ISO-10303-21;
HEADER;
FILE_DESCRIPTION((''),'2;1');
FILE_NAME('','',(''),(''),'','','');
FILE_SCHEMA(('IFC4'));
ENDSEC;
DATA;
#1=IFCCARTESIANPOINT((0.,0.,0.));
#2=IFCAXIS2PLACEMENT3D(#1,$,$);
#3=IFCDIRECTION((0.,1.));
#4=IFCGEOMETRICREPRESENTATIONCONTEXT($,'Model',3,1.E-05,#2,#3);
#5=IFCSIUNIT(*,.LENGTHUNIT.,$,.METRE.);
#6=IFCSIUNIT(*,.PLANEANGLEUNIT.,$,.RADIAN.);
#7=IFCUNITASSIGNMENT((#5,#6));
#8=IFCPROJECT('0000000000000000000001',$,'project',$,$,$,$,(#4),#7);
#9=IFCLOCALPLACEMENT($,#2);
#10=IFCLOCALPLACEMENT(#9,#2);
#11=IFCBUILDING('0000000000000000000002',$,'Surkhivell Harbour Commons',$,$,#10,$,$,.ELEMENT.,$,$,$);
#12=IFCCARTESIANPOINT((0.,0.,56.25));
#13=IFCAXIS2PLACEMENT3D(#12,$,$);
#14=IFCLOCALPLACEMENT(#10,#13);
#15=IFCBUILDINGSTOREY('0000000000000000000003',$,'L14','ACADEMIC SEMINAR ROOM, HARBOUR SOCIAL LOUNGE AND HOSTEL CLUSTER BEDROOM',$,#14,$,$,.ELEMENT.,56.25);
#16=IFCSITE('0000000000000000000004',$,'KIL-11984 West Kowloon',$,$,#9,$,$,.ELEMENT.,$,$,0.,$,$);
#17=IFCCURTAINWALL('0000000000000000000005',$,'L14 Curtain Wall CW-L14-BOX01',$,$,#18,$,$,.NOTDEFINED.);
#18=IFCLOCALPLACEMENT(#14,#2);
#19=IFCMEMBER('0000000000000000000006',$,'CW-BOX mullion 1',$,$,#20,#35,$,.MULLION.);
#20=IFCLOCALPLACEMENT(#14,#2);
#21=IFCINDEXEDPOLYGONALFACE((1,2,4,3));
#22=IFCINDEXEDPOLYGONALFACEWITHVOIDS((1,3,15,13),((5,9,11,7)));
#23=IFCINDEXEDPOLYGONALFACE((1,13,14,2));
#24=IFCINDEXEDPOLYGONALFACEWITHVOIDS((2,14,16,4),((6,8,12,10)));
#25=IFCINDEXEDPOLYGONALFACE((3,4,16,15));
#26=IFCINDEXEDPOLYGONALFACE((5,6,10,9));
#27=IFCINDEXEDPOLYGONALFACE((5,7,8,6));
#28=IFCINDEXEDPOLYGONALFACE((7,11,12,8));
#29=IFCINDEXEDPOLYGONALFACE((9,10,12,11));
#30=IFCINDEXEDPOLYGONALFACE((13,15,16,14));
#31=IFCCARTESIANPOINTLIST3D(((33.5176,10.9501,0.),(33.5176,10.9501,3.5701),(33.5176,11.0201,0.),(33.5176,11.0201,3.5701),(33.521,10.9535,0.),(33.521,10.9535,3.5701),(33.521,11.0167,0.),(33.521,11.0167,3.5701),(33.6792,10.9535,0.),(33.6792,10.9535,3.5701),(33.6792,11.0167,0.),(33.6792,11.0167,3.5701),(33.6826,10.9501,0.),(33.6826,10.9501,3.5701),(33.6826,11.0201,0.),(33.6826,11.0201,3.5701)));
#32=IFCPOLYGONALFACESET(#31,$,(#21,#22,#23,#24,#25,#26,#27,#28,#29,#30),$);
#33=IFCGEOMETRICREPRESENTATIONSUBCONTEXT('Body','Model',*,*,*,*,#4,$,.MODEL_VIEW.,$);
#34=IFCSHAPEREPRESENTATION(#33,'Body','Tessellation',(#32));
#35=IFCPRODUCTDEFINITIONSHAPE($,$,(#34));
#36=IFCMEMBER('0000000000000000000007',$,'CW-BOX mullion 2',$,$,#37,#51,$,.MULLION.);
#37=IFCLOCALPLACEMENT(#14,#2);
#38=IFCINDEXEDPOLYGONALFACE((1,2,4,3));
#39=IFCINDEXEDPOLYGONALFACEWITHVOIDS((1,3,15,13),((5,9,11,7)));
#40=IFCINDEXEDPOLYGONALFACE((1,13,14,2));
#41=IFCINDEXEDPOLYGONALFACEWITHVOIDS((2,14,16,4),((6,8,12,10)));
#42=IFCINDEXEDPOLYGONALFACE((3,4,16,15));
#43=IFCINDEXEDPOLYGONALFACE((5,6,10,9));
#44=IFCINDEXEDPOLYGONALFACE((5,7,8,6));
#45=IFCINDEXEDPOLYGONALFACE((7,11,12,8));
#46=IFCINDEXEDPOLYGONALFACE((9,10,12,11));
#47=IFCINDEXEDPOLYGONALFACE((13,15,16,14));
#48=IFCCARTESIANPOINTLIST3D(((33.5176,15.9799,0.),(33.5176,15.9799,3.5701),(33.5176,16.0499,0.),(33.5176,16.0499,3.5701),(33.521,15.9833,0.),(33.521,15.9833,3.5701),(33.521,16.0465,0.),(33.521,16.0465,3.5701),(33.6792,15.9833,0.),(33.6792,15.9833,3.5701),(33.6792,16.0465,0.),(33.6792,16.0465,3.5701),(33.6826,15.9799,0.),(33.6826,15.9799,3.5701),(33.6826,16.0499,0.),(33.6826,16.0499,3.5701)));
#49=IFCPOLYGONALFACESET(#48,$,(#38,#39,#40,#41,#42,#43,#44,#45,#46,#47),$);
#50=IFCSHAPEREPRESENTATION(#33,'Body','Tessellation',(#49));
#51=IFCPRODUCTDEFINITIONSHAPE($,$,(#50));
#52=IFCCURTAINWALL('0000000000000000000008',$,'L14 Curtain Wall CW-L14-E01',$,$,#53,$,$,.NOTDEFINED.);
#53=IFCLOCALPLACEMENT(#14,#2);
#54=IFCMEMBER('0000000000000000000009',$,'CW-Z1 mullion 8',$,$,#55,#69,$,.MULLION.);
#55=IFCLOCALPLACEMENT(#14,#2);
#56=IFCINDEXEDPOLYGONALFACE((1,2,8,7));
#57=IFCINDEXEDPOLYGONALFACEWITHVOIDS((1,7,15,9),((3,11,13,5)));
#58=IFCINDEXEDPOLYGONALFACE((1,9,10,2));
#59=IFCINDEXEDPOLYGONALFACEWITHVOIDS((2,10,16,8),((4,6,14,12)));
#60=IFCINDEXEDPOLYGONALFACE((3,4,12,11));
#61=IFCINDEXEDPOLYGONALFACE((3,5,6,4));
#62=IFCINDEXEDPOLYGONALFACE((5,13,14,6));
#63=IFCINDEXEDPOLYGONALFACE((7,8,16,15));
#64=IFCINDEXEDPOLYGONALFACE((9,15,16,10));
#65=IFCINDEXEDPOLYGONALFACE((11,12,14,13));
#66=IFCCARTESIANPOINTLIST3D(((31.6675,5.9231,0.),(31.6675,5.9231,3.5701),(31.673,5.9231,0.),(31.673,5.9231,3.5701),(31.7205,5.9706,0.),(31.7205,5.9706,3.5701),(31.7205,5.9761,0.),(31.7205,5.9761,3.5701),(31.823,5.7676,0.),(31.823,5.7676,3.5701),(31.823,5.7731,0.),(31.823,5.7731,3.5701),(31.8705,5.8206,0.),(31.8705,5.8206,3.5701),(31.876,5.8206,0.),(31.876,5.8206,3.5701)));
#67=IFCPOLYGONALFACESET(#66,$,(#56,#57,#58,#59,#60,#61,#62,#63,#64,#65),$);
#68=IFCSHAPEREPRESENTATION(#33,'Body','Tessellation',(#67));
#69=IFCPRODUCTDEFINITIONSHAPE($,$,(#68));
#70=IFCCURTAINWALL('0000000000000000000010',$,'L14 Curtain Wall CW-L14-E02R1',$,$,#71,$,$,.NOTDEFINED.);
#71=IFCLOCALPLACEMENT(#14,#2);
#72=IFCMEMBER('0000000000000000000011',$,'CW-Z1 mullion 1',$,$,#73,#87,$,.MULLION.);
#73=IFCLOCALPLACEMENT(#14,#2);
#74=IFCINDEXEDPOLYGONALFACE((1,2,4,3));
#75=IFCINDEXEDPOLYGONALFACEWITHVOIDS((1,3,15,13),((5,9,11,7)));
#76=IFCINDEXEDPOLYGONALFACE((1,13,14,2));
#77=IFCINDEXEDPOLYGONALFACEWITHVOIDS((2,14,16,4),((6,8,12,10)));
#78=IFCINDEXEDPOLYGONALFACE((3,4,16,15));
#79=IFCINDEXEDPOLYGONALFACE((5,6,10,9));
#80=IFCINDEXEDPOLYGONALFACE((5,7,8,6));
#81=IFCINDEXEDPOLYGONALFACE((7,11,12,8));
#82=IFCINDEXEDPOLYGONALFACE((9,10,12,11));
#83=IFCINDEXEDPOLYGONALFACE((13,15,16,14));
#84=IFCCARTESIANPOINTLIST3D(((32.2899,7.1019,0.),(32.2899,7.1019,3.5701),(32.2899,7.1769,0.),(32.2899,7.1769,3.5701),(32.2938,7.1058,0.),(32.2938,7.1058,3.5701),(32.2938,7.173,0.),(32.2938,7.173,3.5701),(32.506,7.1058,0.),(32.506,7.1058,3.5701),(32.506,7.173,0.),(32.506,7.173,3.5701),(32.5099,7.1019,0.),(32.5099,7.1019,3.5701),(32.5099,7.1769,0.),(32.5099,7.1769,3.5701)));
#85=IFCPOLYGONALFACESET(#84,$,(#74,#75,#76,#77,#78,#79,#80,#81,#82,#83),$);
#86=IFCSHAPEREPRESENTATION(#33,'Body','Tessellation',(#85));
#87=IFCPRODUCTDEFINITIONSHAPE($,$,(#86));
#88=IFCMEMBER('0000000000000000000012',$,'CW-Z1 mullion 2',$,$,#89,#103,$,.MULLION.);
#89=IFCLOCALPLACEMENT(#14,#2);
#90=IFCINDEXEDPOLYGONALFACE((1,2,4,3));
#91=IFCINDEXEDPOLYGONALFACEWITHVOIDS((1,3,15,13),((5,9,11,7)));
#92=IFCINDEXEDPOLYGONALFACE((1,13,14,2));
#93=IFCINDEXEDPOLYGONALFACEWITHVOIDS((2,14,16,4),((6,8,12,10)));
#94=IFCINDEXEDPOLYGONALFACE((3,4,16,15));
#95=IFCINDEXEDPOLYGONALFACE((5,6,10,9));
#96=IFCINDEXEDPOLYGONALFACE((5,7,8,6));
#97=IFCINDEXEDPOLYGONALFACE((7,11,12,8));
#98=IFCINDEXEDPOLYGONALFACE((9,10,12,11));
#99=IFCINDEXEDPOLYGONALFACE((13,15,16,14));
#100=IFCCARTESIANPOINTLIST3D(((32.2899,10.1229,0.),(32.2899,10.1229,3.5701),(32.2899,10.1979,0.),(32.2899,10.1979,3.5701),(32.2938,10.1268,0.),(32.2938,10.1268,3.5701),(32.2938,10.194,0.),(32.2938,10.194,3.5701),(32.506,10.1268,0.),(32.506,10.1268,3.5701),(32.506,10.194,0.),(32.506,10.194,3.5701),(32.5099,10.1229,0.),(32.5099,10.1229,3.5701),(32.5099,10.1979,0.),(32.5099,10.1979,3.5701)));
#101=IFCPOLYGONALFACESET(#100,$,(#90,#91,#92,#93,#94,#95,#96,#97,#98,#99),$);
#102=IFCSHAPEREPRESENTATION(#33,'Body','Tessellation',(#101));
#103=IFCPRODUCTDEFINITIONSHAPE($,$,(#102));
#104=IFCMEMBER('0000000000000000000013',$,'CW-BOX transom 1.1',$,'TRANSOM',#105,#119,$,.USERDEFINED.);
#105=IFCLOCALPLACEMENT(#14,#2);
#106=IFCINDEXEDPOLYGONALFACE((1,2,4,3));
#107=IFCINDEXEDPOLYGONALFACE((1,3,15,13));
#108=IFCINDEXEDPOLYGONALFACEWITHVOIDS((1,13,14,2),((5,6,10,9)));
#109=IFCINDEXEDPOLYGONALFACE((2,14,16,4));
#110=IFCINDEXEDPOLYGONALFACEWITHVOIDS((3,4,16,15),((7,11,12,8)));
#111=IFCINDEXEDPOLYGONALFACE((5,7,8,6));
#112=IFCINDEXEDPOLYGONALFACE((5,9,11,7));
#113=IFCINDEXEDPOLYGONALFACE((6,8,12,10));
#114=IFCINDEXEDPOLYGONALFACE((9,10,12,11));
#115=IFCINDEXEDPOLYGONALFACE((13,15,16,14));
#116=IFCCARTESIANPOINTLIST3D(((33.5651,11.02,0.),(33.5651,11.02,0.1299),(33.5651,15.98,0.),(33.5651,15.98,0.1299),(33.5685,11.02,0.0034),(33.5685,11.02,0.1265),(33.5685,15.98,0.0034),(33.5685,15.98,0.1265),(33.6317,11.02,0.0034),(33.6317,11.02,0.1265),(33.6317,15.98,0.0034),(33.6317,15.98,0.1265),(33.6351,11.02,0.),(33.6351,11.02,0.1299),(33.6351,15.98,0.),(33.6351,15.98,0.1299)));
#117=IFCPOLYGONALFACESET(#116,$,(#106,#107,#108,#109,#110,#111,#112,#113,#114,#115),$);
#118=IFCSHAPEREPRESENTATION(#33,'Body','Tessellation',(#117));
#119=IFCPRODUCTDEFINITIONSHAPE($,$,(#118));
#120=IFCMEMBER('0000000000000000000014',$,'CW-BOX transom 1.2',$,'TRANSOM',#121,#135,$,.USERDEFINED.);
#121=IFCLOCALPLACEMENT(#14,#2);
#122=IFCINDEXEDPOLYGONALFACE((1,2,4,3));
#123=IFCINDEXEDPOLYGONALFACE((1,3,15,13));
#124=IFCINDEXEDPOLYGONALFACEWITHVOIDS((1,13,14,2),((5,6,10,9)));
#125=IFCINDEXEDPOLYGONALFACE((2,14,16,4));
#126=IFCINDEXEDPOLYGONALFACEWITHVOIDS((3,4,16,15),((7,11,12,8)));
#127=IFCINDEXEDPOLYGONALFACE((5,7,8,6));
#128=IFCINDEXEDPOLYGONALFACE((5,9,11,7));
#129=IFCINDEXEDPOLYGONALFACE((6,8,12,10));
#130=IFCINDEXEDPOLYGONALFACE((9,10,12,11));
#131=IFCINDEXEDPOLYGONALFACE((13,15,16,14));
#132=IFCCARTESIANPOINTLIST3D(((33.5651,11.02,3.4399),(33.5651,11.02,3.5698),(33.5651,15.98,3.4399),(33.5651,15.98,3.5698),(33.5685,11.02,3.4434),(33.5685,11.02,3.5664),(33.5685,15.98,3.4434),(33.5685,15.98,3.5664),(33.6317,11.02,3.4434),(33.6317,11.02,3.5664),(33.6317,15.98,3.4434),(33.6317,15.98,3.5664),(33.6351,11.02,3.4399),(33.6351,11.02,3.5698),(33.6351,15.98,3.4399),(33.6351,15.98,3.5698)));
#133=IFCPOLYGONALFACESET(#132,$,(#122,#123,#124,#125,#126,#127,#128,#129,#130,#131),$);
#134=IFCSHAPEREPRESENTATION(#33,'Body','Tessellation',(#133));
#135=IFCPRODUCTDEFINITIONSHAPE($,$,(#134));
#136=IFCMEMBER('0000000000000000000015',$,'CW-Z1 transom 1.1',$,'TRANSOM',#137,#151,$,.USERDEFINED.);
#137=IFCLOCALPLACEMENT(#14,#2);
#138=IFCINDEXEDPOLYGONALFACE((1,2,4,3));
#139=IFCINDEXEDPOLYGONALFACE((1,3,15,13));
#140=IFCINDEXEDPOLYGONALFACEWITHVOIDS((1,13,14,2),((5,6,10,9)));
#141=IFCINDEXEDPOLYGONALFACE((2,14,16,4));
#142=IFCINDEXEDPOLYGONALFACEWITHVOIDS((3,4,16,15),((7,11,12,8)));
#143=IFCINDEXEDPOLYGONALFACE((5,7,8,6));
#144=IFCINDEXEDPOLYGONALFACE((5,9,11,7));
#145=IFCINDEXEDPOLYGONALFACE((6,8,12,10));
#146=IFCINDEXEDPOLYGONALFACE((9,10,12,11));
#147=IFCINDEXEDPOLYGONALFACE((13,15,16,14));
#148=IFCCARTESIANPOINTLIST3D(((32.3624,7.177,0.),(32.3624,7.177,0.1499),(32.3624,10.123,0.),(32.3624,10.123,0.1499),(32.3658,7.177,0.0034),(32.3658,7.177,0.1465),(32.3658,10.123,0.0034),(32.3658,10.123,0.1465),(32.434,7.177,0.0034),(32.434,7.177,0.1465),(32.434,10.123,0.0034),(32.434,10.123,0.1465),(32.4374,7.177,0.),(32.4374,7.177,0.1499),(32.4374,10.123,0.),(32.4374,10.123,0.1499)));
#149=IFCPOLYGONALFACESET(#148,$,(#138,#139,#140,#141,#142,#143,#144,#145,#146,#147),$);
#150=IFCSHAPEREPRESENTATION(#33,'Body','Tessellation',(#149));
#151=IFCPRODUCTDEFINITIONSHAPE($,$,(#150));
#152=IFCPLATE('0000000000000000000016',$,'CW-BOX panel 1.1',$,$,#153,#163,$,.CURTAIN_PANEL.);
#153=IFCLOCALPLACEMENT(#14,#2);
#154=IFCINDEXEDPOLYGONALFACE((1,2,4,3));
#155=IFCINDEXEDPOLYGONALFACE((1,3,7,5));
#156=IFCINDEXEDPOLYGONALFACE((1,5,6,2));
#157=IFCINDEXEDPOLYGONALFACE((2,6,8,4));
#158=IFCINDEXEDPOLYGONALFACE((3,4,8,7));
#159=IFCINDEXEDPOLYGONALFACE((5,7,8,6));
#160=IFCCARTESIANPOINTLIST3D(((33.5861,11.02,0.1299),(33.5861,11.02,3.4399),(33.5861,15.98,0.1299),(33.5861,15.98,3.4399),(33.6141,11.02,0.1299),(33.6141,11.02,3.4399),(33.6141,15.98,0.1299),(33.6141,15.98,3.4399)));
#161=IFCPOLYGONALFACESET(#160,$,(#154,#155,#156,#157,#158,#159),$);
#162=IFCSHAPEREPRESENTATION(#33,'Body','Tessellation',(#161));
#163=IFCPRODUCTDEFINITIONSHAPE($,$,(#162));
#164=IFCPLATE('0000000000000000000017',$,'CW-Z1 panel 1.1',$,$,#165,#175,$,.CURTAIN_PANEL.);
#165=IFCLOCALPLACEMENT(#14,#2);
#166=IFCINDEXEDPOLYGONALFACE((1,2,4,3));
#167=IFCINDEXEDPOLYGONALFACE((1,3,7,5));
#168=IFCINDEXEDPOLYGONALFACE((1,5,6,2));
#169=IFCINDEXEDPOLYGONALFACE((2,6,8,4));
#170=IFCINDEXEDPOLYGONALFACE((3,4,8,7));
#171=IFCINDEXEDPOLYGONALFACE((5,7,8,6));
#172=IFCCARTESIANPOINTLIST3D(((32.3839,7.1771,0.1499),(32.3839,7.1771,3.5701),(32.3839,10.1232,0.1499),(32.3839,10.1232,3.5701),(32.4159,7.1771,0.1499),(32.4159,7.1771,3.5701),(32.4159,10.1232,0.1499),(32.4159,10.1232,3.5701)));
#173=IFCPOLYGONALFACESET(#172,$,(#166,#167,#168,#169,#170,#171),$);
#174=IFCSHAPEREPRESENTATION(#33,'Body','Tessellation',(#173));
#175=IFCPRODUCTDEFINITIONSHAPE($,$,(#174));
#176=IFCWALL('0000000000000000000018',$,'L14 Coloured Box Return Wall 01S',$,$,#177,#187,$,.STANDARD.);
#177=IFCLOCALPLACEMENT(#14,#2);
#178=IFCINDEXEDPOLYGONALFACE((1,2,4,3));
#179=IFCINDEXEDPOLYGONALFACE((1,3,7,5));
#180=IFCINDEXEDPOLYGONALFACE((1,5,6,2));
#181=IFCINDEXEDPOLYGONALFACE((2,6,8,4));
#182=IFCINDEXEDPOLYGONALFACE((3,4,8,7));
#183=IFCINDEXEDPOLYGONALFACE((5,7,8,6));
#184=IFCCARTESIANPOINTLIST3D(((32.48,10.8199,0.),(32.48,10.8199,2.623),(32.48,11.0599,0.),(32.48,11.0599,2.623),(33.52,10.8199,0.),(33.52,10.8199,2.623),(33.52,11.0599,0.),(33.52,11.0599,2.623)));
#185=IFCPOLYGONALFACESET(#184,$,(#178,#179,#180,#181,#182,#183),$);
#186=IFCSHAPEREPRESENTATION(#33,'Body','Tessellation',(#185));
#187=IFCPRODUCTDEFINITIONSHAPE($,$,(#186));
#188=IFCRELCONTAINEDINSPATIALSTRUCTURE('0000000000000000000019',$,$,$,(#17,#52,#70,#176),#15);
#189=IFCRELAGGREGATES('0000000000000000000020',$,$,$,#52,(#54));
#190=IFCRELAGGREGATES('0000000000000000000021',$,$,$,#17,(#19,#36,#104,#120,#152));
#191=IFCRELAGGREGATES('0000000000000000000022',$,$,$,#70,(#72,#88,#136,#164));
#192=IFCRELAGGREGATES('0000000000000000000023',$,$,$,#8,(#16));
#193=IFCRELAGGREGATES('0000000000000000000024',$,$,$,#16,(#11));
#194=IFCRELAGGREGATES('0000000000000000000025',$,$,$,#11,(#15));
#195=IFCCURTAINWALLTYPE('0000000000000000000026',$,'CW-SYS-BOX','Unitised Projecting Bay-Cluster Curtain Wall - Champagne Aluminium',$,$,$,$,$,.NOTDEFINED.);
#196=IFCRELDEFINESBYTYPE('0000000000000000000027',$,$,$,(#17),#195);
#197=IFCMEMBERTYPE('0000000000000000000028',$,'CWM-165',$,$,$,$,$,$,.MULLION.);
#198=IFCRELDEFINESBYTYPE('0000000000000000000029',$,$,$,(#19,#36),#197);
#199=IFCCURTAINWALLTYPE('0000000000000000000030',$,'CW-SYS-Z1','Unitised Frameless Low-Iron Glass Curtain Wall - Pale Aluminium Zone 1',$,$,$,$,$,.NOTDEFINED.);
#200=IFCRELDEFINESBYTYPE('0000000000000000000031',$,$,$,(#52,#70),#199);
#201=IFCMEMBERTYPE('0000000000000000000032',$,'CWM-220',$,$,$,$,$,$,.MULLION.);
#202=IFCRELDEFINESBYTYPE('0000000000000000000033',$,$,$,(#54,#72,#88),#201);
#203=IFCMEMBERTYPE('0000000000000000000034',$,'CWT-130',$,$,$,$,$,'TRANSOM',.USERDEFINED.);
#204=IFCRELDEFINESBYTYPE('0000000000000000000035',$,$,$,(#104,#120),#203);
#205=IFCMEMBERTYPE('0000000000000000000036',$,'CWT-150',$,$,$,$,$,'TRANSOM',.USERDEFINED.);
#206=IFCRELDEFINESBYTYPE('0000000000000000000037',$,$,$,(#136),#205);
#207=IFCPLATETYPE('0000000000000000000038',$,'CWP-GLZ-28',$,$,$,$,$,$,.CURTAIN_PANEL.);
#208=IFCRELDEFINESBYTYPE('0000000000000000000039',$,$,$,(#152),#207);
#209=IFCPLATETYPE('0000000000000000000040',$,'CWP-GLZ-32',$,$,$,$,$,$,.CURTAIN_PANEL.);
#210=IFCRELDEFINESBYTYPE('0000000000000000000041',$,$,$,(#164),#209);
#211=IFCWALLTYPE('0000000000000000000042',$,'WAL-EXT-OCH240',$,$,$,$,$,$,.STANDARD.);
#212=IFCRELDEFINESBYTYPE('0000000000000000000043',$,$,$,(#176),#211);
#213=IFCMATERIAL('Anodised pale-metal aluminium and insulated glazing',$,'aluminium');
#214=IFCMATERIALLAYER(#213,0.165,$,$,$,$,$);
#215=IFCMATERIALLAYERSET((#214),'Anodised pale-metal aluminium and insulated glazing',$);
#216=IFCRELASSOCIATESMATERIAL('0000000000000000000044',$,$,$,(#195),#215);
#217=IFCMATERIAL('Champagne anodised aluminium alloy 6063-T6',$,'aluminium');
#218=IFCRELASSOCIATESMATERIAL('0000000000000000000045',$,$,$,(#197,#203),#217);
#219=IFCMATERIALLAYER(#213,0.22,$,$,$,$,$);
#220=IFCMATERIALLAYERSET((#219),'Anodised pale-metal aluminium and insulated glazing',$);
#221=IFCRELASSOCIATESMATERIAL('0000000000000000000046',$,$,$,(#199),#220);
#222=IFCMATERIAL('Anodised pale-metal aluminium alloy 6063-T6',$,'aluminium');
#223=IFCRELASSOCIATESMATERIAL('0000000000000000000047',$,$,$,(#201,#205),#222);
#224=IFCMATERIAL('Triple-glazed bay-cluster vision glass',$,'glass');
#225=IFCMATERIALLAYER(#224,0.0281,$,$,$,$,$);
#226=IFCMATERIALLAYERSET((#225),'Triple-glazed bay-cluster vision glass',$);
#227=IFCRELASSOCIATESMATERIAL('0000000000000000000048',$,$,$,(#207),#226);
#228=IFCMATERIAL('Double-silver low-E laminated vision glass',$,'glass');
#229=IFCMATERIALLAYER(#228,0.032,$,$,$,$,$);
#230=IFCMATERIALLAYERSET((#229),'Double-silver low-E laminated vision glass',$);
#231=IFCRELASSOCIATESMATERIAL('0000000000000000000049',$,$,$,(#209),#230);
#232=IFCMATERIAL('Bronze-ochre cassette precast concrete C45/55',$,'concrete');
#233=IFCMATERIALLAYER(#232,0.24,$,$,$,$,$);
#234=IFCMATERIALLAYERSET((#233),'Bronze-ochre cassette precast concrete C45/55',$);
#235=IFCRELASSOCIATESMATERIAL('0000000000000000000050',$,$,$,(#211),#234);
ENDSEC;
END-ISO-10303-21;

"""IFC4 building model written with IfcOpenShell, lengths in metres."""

from ifc_helpers import new_model, si_unit, direction, frame, frame_2d, origin, origin_2d, place, context, subcontext, project, spatial, rectangle, hollow_rectangle, extrude, material, layer, layer_set, material_profile, profile_set, type_object, element, aggregate, save


model = new_model("IFC4")

# Units and contexts
model_context = context("Model", 3, precision=1e-05, world=origin(), true_north=direction((0.0, 1.0)))
body_context = subcontext(model_context, "Body", "Model", "MODEL_VIEW")
ifc_project = project(units=[si_unit("LENGTHUNIT", "METRE"), si_unit("PLANEANGLEUNIT", "RADIAN")], contexts=[model_context])

# Site, building, storey
site_placement = place(None, origin())
site = spatial("IfcSite", under=ifc_project, at=site_placement, Name="KIL-11984 West Kowloon", CompositionType="ELEMENT", RefElevation=0.0)
building_placement = place(site_placement, origin())
building = spatial("IfcBuilding", under=site, at=building_placement, Name="Surkhivell Harbour Commons", CompositionType="ELEMENT")
storey_placement = place(building_placement, frame((0.0, 0.0, 56.25)))
storey = spatial("IfcBuildingStorey", under=building, at=storey_placement, Name="L14", Description="ACADEMIC SEMINAR ROOM, HARBOUR SOCIAL LOUNGE AND HOSTEL CLUSTER BEDROOM", CompositionType="ELEMENT", Elevation=56.25)

# Curtain wall, members
ifc_material_1 = material(Name="Anodised pale-metal aluminium and insulated glazing", Category="aluminium")
ifc_layer_1 = layer(ifc_material_1, 0.165)
ifc_layer_set_1 = layer_set([ifc_layer_1], Name="Anodised pale-metal aluminium and insulated glazing")
curtain_wall_type_1 = type_object("IfcCurtainWallType", Name="CW-SYS-BOX", Description="Unitised Projecting Bay-Cluster Curtain Wall - Champagne Aluminium", PredefinedType="NOTDEFINED", material=ifc_layer_set_1)
curtain_wall_1_placement = place(storey_placement, origin())
curtain_wall_1 = element("IfcCurtainWall", 1, at=curtain_wall_1_placement, inside=storey, type_object=curtain_wall_type_1, Name="L14 Curtain Wall CW-L14-BOX01", PredefinedType="NOTDEFINED")
ifc_material_2 = material(Name="Champagne anodised aluminium alloy 6063-T6", Category="aluminium")
ifc_material_profile_1 = material_profile(ifc_material_2, hollow_rectangle(XDim=0.0701, YDim=0.165, WallThickness=0.0034, at=origin_2d()), Name="ALU-MULL-70x165")
ifc_profile_set_1 = profile_set([ifc_material_profile_1], Name="Champagne anodised aluminium alloy 6063-T6")
member_type_1 = type_object("IfcMemberType", Name="CWM-165", PredefinedType="MULLION", material=ifc_profile_set_1)
member_1_placement = place(storey_placement, frame((33.6001, 10.9851, 0.0), z_axis=(0.0, 0.0, 1.0), x_axis=(0.0, 1.0, 0.0)))
member_1 = element("IfcMember", 2, at=member_1_placement, type_object=member_type_1, Name="CW-BOX mullion 1", PredefinedType="MULLION", context=body_context, shape_type="SweptSolid", body=[
    extrude(hollow_rectangle(XDim=0.0701, YDim=0.165, WallThickness=0.0034, at=origin_2d()), origin(), (0.0, 0.0, 1.0), 3.5701),
])
member_2_placement = place(storey_placement, frame((33.6001, 16.0149, 0.0), z_axis=(0.0, 0.0, 1.0), x_axis=(0.0, 1.0, 0.0)))
member_2 = element("IfcMember", 3, at=member_2_placement, type_object=member_type_1, Name="CW-BOX mullion 2", PredefinedType="MULLION", context=body_context, shape_type="SweptSolid", body=[
    extrude(hollow_rectangle(XDim=0.0701, YDim=0.165, WallThickness=0.0034, at=origin_2d()), origin(), (0.0, 0.0, 1.0), 3.5701),
])

# Curtain wall, member
ifc_layer_2 = layer(ifc_material_1, 0.22)
ifc_layer_set_2 = layer_set([ifc_layer_2], Name="Anodised pale-metal aluminium and insulated glazing")
curtain_wall_type_2 = type_object("IfcCurtainWallType", Name="CW-SYS-Z1", Description="Unitised Frameless Low-Iron Glass Curtain Wall - Pale Aluminium Zone 1", PredefinedType="NOTDEFINED", material=ifc_layer_set_2)
curtain_wall_2_placement = place(storey_placement, origin())
curtain_wall_2 = element("IfcCurtainWall", 4, at=curtain_wall_2_placement, inside=storey, type_object=curtain_wall_type_2, Name="L14 Curtain Wall CW-L14-E01", PredefinedType="NOTDEFINED")
ifc_material_3 = material(Name="Anodised pale-metal aluminium alloy 6063-T6", Category="aluminium")
ifc_material_profile_2 = material_profile(ifc_material_3, hollow_rectangle(XDim=0.075, YDim=0.22, WallThickness=0.0039, at=origin_2d()), Name="ALU-MULL-75x220")
ifc_profile_set_2 = profile_set([ifc_material_profile_2], Name="Anodised pale-metal aluminium alloy 6063-T6")
member_type_2 = type_object("IfcMemberType", Name="CWM-220", PredefinedType="MULLION", material=ifc_profile_set_2)
member_3_placement = place(storey_placement, frame((31.7717, 5.8718, 0.0), z_axis=(0.0, 0.0, 1.0), x_axis=(0.707107, 0.707107, 0.0)))
member_3 = element("IfcMember", 5, at=member_3_placement, type_object=member_type_2, Name="CW-Z1 mullion 8", PredefinedType="MULLION", context=body_context, shape_type="SweptSolid", body=[
    extrude(hollow_rectangle(XDim=0.075, YDim=0.22, WallThickness=0.0039, at=origin_2d()), origin(), (0.0, 0.0, 1.0), 3.5701),
])
aggregate(curtain_wall_2, [member_3])

# Curtain wall, members
curtain_wall_3_placement = place(storey_placement, origin())
curtain_wall_3 = element("IfcCurtainWall", 6, at=curtain_wall_3_placement, inside=storey, type_object=curtain_wall_type_2, Name="L14 Curtain Wall CW-L14-E02R1", PredefinedType="NOTDEFINED")
member_4_placement = place(storey_placement, frame((32.3999, 7.1394, 0.0), z_axis=(0.0, 0.0, 1.0), x_axis=(0.0, 1.0, 0.0)))
member_4 = element("IfcMember", 7, at=member_4_placement, type_object=member_type_2, Name="CW-Z1 mullion 1", PredefinedType="MULLION", context=body_context, shape_type="SweptSolid", body=[
    extrude(hollow_rectangle(XDim=0.075, YDim=0.22, WallThickness=0.0039, at=origin_2d()), origin(), (0.0, 0.0, 1.0), 3.5701),
])
member_5_placement = place(storey_placement, frame((32.3999, 10.1604, 0.0), z_axis=(0.0, 0.0, 1.0), x_axis=(0.0, 1.0, 0.0)))
member_5 = element("IfcMember", 8, at=member_5_placement, type_object=member_type_2, Name="CW-Z1 mullion 2", PredefinedType="MULLION", context=body_context, shape_type="SweptSolid", body=[
    extrude(hollow_rectangle(XDim=0.075, YDim=0.22, WallThickness=0.0039, at=origin_2d()), origin(), (0.0, 0.0, 1.0), 3.5701),
])

# Members
ifc_material_profile_3 = material_profile(ifc_material_2, hollow_rectangle(XDim=0.0701, YDim=0.1299, WallThickness=0.0034, at=origin_2d()), Name="ALU-TRAN-70x130")
ifc_profile_set_3 = profile_set([ifc_material_profile_3], Name="Champagne anodised aluminium alloy 6063-T6")
member_type_3 = type_object("IfcMemberType", Name="CWT-130", ElementType="TRANSOM", PredefinedType="USERDEFINED", material=ifc_profile_set_3)
member_6_placement = place(storey_placement, frame((33.6001, 11.02, 0.0649), z_axis=(0.0, 1.0, 0.0), x_axis=(-1.0, 0.0, 0.0)))
member_6 = element("IfcMember", 9, at=member_6_placement, type_object=member_type_3, Name="CW-BOX transom 1.1", ObjectType="TRANSOM", PredefinedType="USERDEFINED", context=body_context, shape_type="SweptSolid", body=[
    extrude(hollow_rectangle(XDim=0.0701, YDim=0.1299, WallThickness=0.0034, at=origin_2d()), origin(), (0.0, 0.0, 1.0), 4.96),
])
member_7_placement = place(storey_placement, frame((33.6001, 11.02, 3.5049), z_axis=(0.0, 1.0, 0.0), x_axis=(-1.0, 0.0, 0.0)))
member_7 = element("IfcMember", 10, at=member_7_placement, type_object=member_type_3, Name="CW-BOX transom 1.2", ObjectType="TRANSOM", PredefinedType="USERDEFINED", context=body_context, shape_type="SweptSolid", body=[
    extrude(hollow_rectangle(XDim=0.0701, YDim=0.1299, WallThickness=0.0034, at=origin_2d()), origin(), (0.0, 0.0, 1.0), 4.96),
])
ifc_material_profile_4 = material_profile(ifc_material_3, hollow_rectangle(XDim=0.075, YDim=0.1499, WallThickness=0.0034, at=origin_2d()), Name="ALU-TRAN-75x150")
ifc_profile_set_4 = profile_set([ifc_material_profile_4], Name="Anodised pale-metal aluminium alloy 6063-T6")
member_type_4 = type_object("IfcMemberType", Name="CWT-150", ElementType="TRANSOM", PredefinedType="USERDEFINED", material=ifc_profile_set_4)
member_8_placement = place(storey_placement, frame((32.3999, 7.177, 0.075), z_axis=(0.0, 1.0, 0.0), x_axis=(-1.0, 0.0, 0.0)))
member_8 = element("IfcMember", 11, at=member_8_placement, type_object=member_type_4, Name="CW-Z1 transom 1.1", ObjectType="TRANSOM", PredefinedType="USERDEFINED", context=body_context, shape_type="SweptSolid", body=[
    extrude(hollow_rectangle(XDim=0.075, YDim=0.1499, WallThickness=0.0034, at=origin_2d()), origin(), (0.0, 0.0, 1.0), 2.946),
])

# Plates
ifc_material_4 = material(Name="Triple-glazed bay-cluster vision glass", Category="glass")
ifc_layer_3 = layer(ifc_material_4, 0.0281)
ifc_layer_set_3 = layer_set([ifc_layer_3], Name="Triple-glazed bay-cluster vision glass")
plate_type_1 = type_object("IfcPlateType", Name="CWP-GLZ-28", PredefinedType="CURTAIN_PANEL", material=ifc_layer_set_3)
plate_1_placement = place(storey_placement, frame((33.6001, 11.02, 0.1299), z_axis=(0.0, 0.0, 1.0), x_axis=(0.0, 1.0, 0.0)))
plate_1 = element("IfcPlate", 12, at=plate_1_placement, type_object=plate_type_1, Name="CW-BOX panel 1.1", PredefinedType="CURTAIN_PANEL", context=body_context, shape_type="SweptSolid", body=[
    extrude(rectangle(XDim=4.96, YDim=0.0281, at=frame_2d((2.48, 0.0))), origin(), (0.0, 0.0, 1.0), 3.3101),
])
aggregate(curtain_wall_1, [member_1, member_2, member_6, member_7, plate_1])
ifc_material_5 = material(Name="Double-silver low-E laminated vision glass", Category="glass")
ifc_layer_4 = layer(ifc_material_5, 0.032)
ifc_layer_set_4 = layer_set([ifc_layer_4], Name="Double-silver low-E laminated vision glass")
plate_type_2 = type_object("IfcPlateType", Name="CWP-GLZ-32", PredefinedType="CURTAIN_PANEL", material=ifc_layer_set_4)
plate_2_placement = place(storey_placement, frame((32.3999, 7.177, 0.1499), z_axis=(0.0, 0.0, 1.0), x_axis=(0.0, 1.0, 0.0)))
plate_2 = element("IfcPlate", 13, at=plate_2_placement, type_object=plate_type_2, Name="CW-Z1 panel 1.1", PredefinedType="CURTAIN_PANEL", context=body_context, shape_type="SweptSolid", body=[
    extrude(rectangle(XDim=2.946, YDim=0.032, at=frame_2d((1.4731, 0.0))), origin(), (0.0, 0.0, 1.0), 3.4202),
])
aggregate(curtain_wall_3, [member_4, member_5, member_8, plate_2])

# Wall
ifc_material_6 = material(Name="Bronze-ochre cassette precast concrete C45/55", Category="concrete")
ifc_layer_5 = layer(ifc_material_6, 0.24)
ifc_layer_set_5 = layer_set([ifc_layer_5], Name="Bronze-ochre cassette precast concrete C45/55")
wall_type = type_object("IfcWallType", Name="WAL-EXT-OCH240", PredefinedType="STANDARD", material=ifc_layer_set_5)
for number, where, z_axis, x_axis, name in (
    (14, (32.48, 10.9399, 0.0), (0.0, 0.0, 1.0), (1.0, 0.0, 0.0), "L14 Coloured Box Return Wall 01S"),
):
    element("IfcWall", number, at=place(storey_placement, frame(where, z_axis=z_axis, x_axis=x_axis)), inside=storey, type_object=wall_type, Name=name, PredefinedType="STANDARD", context=body_context, shape_type="SweptSolid", body=[
        extrude(rectangle(XDim=1.04, YDim=0.24, at=frame_2d((0.52, 0.0))), origin(), (0.0, 0.0, 1.0), 2.623),
    ])

save(model, "model.ifc")
